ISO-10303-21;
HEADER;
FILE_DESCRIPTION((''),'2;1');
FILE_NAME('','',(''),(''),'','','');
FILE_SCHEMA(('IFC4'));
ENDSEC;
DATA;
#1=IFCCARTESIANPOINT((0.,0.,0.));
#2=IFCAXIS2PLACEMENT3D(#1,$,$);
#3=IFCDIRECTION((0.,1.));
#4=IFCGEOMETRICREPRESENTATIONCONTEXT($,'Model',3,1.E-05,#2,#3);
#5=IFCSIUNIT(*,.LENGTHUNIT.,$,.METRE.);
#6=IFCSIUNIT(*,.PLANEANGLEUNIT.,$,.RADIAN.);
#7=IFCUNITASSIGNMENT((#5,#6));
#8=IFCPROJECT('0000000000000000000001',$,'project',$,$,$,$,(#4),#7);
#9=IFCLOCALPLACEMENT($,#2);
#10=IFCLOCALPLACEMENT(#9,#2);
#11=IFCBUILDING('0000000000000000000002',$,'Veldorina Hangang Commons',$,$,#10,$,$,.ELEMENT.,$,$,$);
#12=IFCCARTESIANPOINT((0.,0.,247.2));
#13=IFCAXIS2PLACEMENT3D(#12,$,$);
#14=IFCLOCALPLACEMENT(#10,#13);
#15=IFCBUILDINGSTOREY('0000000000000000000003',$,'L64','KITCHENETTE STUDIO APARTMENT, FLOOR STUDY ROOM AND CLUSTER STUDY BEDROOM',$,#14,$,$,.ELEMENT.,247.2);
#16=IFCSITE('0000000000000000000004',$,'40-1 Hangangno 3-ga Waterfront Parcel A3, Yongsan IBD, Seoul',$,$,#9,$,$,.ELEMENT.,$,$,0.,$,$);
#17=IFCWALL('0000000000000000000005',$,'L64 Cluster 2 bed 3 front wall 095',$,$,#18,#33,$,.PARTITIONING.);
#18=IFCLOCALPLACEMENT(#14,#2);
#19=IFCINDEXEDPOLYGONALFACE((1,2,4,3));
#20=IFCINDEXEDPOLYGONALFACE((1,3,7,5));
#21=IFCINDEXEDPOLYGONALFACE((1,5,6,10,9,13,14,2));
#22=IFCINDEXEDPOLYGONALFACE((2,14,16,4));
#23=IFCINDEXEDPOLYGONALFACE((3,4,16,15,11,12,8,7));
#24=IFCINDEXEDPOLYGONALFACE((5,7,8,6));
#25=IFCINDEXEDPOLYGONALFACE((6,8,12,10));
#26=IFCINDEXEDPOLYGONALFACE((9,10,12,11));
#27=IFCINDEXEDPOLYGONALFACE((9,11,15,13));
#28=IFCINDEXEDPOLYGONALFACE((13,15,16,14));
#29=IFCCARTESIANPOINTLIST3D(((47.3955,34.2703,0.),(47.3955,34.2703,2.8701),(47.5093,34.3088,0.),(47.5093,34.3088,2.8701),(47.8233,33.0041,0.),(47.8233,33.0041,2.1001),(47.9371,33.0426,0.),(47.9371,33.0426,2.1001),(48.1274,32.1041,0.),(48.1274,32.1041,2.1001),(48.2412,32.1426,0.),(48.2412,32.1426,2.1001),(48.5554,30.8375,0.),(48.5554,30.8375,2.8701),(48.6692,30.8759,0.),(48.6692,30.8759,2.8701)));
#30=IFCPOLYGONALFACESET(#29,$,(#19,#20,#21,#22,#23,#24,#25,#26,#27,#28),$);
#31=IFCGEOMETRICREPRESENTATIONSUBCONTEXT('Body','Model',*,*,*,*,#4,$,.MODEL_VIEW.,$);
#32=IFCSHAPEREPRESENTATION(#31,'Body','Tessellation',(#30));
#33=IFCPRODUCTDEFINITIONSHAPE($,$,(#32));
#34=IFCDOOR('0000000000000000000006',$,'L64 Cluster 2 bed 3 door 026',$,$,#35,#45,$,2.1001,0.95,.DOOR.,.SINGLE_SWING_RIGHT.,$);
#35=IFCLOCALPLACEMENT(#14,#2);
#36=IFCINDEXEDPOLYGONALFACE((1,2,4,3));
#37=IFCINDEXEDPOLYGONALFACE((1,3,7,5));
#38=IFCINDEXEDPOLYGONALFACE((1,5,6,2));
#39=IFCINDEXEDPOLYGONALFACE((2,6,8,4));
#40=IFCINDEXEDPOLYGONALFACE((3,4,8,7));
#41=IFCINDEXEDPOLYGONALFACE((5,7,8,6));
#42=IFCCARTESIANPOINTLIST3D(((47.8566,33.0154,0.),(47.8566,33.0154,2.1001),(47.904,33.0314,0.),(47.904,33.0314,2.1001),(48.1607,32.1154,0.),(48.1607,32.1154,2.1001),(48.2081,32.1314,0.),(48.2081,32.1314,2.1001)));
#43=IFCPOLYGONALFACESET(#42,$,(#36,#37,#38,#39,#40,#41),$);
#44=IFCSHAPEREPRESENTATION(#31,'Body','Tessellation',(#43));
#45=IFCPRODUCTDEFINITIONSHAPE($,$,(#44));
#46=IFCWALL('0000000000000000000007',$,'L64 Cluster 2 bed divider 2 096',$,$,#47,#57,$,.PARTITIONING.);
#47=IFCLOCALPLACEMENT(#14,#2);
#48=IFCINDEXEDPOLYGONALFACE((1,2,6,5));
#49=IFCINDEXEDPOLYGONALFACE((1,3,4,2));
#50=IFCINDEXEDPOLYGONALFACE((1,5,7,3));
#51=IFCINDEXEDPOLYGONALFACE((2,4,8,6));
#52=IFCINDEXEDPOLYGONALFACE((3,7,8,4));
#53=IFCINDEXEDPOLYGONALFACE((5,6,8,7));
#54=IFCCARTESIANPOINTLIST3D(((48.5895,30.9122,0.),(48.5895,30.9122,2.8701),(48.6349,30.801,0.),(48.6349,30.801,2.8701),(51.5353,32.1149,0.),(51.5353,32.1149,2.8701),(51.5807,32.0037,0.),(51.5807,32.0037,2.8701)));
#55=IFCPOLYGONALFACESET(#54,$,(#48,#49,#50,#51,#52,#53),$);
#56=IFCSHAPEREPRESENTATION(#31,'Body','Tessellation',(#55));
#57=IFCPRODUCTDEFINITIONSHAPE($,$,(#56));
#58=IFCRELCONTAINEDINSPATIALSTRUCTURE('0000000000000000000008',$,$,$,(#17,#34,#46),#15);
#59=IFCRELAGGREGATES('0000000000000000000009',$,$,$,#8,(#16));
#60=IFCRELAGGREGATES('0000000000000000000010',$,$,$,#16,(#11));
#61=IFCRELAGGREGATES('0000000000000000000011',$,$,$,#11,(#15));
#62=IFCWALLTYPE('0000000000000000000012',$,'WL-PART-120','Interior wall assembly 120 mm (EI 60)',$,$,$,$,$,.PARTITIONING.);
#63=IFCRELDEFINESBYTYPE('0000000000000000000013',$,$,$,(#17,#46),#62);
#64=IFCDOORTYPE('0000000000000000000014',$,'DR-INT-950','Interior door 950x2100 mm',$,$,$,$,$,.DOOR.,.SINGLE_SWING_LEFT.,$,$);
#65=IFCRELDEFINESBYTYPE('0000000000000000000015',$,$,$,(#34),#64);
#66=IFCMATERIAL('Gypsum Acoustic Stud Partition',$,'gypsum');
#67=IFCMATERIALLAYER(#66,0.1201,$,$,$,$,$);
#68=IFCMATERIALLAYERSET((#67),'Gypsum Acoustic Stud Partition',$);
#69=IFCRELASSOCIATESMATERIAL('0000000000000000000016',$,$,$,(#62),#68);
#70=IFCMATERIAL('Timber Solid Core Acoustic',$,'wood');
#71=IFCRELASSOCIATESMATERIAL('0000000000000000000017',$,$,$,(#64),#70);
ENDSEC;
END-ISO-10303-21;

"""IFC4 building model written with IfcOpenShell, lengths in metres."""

from ifc_helpers import new_model, si_unit, direction, frame, frame_2d, origin, place, context, subcontext, project, spatial, rectangle, extrude, material, layer, layer_set, type_object, element, fill, save


model = new_model("IFC4")

# Units and contexts
model_context = context("Model", 3, precision=1e-05, world=origin(), true_north=direction((0.0, 1.0)))
body_context = subcontext(model_context, "Body", "Model", "MODEL_VIEW")
ifc_project = project(units=[si_unit("LENGTHUNIT", "METRE"), si_unit("PLANEANGLEUNIT", "RADIAN")], contexts=[model_context])

# Site, building, storey
site_placement = place(None, origin())
site = spatial("IfcSite", under=ifc_project, at=site_placement, Name="40-1 Hangangno 3-ga Waterfront Parcel A3, Yongsan IBD, Seoul", CompositionType="ELEMENT", RefElevation=0.0)
building_placement = place(site_placement, origin())
building = spatial("IfcBuilding", under=site, at=building_placement, Name="Veldorina Hangang Commons", CompositionType="ELEMENT")
storey_placement = place(building_placement, frame((0.0, 0.0, 247.2)))
storey = spatial("IfcBuildingStorey", under=building, at=storey_placement, Name="L64", Description="KITCHENETTE STUDIO APARTMENT, FLOOR STUDY ROOM AND CLUSTER STUDY BEDROOM", CompositionType="ELEMENT", Elevation=247.2)

# Shared definitions
ifc_material_1 = material(Name="Gypsum Acoustic Stud Partition", Category="gypsum")
ifc_layer_1 = layer(ifc_material_1, 0.1201)
ifc_layer_set_1 = layer_set([ifc_layer_1], Name="Gypsum Acoustic Stud Partition")
wall_type_1 = type_object("IfcWallType", Name="WL-PART-120", Description="Interior wall assembly 120 mm (EI 60)", PredefinedType="PARTITIONING", material=ifc_layer_set_1)
ifc_material_2 = material(Name="Timber Solid Core Acoustic", Category="wood")
door_type_1 = type_object("IfcDoorType", Name="DR-INT-950", Description="Interior door 950x2100 mm", OperationType="SINGLE_SWING_LEFT", PredefinedType="DOOR", material=ifc_material_2)

# Wall, opening, door
wall_1_placement = place(storey_placement, frame((48.6123, 30.8567, 0.0), z_axis=(0.0, 0.0, 1.0), x_axis=(-0.320106, 0.947382, 0.0)))
wall_1 = element("IfcWall", 1, at=wall_1_placement, inside=storey, type_object=wall_type_1, Name="L64 Cluster 2 bed 3 front wall 095", PredefinedType="PARTITIONING", context=body_context, shape_type="SweptSolid", body=[
    extrude(rectangle(XDim=3.6235, YDim=0.1201, at=frame_2d((1.8118, 0.0))), origin(), (0.0, 0.0, 1.0), 2.8701),
])
opening_1_placement = place(wall_1_placement, frame((1.3369, 0.0, 0.0)))
opening_1 = element("IfcOpeningElement", 2, at=opening_1_placement, cuts=wall_1, PredefinedType="OPENING", context=body_context, shape_type="SweptSolid", body=[
    extrude(rectangle(XDim=0.95, YDim=2.1001, at=frame_2d((0.4751, 1.05))), frame((0.0, 0.0701, 0.0), z_axis=(0.0, -1.0, 0.0), x_axis=(1.0, 0.0, 0.0)), (0.0, 0.0, 1.0), 0.1401),
])
door_1_placement = place(opening_1_placement, origin())
door_1 = element("IfcDoor", 3, at=door_1_placement, inside=storey, type_object=door_type_1, Name="L64 Cluster 2 bed 3 door 026", OperationType="SINGLE_SWING_RIGHT", OverallHeight=2.1001, OverallWidth=0.95, PredefinedType="DOOR", context=body_context, shape_type="SweptSolid", body=[
    extrude(rectangle(XDim=0.95, YDim=2.1001, at=frame_2d((0.4751, 1.05))), frame((0.0, 0.0249, 0.0), z_axis=(0.0, -1.0, 0.0), x_axis=(1.0, 0.0, 0.0)), (0.0, 0.0, 1.0), 0.05),
])
fill(opening_1, door_1)

# Wall
wall_2_placement = place(storey_placement, frame((48.6123, 30.8567, 0.0), z_axis=(0.0, 0.0, 1.0), x_axis=(0.925818, 0.377969, 0.0)))
element("IfcWall", 4, at=wall_2_placement, inside=storey, type_object=wall_type_1, Name="L64 Cluster 2 bed divider 2 096", PredefinedType="PARTITIONING", context=body_context, shape_type="SweptSolid", body=[
    extrude(rectangle(XDim=3.1819, YDim=0.1201, at=frame_2d((1.5908, 0.0))), origin(), (0.0, 0.0, 1.0), 2.8701),
])

save(model, "model.ifc")
